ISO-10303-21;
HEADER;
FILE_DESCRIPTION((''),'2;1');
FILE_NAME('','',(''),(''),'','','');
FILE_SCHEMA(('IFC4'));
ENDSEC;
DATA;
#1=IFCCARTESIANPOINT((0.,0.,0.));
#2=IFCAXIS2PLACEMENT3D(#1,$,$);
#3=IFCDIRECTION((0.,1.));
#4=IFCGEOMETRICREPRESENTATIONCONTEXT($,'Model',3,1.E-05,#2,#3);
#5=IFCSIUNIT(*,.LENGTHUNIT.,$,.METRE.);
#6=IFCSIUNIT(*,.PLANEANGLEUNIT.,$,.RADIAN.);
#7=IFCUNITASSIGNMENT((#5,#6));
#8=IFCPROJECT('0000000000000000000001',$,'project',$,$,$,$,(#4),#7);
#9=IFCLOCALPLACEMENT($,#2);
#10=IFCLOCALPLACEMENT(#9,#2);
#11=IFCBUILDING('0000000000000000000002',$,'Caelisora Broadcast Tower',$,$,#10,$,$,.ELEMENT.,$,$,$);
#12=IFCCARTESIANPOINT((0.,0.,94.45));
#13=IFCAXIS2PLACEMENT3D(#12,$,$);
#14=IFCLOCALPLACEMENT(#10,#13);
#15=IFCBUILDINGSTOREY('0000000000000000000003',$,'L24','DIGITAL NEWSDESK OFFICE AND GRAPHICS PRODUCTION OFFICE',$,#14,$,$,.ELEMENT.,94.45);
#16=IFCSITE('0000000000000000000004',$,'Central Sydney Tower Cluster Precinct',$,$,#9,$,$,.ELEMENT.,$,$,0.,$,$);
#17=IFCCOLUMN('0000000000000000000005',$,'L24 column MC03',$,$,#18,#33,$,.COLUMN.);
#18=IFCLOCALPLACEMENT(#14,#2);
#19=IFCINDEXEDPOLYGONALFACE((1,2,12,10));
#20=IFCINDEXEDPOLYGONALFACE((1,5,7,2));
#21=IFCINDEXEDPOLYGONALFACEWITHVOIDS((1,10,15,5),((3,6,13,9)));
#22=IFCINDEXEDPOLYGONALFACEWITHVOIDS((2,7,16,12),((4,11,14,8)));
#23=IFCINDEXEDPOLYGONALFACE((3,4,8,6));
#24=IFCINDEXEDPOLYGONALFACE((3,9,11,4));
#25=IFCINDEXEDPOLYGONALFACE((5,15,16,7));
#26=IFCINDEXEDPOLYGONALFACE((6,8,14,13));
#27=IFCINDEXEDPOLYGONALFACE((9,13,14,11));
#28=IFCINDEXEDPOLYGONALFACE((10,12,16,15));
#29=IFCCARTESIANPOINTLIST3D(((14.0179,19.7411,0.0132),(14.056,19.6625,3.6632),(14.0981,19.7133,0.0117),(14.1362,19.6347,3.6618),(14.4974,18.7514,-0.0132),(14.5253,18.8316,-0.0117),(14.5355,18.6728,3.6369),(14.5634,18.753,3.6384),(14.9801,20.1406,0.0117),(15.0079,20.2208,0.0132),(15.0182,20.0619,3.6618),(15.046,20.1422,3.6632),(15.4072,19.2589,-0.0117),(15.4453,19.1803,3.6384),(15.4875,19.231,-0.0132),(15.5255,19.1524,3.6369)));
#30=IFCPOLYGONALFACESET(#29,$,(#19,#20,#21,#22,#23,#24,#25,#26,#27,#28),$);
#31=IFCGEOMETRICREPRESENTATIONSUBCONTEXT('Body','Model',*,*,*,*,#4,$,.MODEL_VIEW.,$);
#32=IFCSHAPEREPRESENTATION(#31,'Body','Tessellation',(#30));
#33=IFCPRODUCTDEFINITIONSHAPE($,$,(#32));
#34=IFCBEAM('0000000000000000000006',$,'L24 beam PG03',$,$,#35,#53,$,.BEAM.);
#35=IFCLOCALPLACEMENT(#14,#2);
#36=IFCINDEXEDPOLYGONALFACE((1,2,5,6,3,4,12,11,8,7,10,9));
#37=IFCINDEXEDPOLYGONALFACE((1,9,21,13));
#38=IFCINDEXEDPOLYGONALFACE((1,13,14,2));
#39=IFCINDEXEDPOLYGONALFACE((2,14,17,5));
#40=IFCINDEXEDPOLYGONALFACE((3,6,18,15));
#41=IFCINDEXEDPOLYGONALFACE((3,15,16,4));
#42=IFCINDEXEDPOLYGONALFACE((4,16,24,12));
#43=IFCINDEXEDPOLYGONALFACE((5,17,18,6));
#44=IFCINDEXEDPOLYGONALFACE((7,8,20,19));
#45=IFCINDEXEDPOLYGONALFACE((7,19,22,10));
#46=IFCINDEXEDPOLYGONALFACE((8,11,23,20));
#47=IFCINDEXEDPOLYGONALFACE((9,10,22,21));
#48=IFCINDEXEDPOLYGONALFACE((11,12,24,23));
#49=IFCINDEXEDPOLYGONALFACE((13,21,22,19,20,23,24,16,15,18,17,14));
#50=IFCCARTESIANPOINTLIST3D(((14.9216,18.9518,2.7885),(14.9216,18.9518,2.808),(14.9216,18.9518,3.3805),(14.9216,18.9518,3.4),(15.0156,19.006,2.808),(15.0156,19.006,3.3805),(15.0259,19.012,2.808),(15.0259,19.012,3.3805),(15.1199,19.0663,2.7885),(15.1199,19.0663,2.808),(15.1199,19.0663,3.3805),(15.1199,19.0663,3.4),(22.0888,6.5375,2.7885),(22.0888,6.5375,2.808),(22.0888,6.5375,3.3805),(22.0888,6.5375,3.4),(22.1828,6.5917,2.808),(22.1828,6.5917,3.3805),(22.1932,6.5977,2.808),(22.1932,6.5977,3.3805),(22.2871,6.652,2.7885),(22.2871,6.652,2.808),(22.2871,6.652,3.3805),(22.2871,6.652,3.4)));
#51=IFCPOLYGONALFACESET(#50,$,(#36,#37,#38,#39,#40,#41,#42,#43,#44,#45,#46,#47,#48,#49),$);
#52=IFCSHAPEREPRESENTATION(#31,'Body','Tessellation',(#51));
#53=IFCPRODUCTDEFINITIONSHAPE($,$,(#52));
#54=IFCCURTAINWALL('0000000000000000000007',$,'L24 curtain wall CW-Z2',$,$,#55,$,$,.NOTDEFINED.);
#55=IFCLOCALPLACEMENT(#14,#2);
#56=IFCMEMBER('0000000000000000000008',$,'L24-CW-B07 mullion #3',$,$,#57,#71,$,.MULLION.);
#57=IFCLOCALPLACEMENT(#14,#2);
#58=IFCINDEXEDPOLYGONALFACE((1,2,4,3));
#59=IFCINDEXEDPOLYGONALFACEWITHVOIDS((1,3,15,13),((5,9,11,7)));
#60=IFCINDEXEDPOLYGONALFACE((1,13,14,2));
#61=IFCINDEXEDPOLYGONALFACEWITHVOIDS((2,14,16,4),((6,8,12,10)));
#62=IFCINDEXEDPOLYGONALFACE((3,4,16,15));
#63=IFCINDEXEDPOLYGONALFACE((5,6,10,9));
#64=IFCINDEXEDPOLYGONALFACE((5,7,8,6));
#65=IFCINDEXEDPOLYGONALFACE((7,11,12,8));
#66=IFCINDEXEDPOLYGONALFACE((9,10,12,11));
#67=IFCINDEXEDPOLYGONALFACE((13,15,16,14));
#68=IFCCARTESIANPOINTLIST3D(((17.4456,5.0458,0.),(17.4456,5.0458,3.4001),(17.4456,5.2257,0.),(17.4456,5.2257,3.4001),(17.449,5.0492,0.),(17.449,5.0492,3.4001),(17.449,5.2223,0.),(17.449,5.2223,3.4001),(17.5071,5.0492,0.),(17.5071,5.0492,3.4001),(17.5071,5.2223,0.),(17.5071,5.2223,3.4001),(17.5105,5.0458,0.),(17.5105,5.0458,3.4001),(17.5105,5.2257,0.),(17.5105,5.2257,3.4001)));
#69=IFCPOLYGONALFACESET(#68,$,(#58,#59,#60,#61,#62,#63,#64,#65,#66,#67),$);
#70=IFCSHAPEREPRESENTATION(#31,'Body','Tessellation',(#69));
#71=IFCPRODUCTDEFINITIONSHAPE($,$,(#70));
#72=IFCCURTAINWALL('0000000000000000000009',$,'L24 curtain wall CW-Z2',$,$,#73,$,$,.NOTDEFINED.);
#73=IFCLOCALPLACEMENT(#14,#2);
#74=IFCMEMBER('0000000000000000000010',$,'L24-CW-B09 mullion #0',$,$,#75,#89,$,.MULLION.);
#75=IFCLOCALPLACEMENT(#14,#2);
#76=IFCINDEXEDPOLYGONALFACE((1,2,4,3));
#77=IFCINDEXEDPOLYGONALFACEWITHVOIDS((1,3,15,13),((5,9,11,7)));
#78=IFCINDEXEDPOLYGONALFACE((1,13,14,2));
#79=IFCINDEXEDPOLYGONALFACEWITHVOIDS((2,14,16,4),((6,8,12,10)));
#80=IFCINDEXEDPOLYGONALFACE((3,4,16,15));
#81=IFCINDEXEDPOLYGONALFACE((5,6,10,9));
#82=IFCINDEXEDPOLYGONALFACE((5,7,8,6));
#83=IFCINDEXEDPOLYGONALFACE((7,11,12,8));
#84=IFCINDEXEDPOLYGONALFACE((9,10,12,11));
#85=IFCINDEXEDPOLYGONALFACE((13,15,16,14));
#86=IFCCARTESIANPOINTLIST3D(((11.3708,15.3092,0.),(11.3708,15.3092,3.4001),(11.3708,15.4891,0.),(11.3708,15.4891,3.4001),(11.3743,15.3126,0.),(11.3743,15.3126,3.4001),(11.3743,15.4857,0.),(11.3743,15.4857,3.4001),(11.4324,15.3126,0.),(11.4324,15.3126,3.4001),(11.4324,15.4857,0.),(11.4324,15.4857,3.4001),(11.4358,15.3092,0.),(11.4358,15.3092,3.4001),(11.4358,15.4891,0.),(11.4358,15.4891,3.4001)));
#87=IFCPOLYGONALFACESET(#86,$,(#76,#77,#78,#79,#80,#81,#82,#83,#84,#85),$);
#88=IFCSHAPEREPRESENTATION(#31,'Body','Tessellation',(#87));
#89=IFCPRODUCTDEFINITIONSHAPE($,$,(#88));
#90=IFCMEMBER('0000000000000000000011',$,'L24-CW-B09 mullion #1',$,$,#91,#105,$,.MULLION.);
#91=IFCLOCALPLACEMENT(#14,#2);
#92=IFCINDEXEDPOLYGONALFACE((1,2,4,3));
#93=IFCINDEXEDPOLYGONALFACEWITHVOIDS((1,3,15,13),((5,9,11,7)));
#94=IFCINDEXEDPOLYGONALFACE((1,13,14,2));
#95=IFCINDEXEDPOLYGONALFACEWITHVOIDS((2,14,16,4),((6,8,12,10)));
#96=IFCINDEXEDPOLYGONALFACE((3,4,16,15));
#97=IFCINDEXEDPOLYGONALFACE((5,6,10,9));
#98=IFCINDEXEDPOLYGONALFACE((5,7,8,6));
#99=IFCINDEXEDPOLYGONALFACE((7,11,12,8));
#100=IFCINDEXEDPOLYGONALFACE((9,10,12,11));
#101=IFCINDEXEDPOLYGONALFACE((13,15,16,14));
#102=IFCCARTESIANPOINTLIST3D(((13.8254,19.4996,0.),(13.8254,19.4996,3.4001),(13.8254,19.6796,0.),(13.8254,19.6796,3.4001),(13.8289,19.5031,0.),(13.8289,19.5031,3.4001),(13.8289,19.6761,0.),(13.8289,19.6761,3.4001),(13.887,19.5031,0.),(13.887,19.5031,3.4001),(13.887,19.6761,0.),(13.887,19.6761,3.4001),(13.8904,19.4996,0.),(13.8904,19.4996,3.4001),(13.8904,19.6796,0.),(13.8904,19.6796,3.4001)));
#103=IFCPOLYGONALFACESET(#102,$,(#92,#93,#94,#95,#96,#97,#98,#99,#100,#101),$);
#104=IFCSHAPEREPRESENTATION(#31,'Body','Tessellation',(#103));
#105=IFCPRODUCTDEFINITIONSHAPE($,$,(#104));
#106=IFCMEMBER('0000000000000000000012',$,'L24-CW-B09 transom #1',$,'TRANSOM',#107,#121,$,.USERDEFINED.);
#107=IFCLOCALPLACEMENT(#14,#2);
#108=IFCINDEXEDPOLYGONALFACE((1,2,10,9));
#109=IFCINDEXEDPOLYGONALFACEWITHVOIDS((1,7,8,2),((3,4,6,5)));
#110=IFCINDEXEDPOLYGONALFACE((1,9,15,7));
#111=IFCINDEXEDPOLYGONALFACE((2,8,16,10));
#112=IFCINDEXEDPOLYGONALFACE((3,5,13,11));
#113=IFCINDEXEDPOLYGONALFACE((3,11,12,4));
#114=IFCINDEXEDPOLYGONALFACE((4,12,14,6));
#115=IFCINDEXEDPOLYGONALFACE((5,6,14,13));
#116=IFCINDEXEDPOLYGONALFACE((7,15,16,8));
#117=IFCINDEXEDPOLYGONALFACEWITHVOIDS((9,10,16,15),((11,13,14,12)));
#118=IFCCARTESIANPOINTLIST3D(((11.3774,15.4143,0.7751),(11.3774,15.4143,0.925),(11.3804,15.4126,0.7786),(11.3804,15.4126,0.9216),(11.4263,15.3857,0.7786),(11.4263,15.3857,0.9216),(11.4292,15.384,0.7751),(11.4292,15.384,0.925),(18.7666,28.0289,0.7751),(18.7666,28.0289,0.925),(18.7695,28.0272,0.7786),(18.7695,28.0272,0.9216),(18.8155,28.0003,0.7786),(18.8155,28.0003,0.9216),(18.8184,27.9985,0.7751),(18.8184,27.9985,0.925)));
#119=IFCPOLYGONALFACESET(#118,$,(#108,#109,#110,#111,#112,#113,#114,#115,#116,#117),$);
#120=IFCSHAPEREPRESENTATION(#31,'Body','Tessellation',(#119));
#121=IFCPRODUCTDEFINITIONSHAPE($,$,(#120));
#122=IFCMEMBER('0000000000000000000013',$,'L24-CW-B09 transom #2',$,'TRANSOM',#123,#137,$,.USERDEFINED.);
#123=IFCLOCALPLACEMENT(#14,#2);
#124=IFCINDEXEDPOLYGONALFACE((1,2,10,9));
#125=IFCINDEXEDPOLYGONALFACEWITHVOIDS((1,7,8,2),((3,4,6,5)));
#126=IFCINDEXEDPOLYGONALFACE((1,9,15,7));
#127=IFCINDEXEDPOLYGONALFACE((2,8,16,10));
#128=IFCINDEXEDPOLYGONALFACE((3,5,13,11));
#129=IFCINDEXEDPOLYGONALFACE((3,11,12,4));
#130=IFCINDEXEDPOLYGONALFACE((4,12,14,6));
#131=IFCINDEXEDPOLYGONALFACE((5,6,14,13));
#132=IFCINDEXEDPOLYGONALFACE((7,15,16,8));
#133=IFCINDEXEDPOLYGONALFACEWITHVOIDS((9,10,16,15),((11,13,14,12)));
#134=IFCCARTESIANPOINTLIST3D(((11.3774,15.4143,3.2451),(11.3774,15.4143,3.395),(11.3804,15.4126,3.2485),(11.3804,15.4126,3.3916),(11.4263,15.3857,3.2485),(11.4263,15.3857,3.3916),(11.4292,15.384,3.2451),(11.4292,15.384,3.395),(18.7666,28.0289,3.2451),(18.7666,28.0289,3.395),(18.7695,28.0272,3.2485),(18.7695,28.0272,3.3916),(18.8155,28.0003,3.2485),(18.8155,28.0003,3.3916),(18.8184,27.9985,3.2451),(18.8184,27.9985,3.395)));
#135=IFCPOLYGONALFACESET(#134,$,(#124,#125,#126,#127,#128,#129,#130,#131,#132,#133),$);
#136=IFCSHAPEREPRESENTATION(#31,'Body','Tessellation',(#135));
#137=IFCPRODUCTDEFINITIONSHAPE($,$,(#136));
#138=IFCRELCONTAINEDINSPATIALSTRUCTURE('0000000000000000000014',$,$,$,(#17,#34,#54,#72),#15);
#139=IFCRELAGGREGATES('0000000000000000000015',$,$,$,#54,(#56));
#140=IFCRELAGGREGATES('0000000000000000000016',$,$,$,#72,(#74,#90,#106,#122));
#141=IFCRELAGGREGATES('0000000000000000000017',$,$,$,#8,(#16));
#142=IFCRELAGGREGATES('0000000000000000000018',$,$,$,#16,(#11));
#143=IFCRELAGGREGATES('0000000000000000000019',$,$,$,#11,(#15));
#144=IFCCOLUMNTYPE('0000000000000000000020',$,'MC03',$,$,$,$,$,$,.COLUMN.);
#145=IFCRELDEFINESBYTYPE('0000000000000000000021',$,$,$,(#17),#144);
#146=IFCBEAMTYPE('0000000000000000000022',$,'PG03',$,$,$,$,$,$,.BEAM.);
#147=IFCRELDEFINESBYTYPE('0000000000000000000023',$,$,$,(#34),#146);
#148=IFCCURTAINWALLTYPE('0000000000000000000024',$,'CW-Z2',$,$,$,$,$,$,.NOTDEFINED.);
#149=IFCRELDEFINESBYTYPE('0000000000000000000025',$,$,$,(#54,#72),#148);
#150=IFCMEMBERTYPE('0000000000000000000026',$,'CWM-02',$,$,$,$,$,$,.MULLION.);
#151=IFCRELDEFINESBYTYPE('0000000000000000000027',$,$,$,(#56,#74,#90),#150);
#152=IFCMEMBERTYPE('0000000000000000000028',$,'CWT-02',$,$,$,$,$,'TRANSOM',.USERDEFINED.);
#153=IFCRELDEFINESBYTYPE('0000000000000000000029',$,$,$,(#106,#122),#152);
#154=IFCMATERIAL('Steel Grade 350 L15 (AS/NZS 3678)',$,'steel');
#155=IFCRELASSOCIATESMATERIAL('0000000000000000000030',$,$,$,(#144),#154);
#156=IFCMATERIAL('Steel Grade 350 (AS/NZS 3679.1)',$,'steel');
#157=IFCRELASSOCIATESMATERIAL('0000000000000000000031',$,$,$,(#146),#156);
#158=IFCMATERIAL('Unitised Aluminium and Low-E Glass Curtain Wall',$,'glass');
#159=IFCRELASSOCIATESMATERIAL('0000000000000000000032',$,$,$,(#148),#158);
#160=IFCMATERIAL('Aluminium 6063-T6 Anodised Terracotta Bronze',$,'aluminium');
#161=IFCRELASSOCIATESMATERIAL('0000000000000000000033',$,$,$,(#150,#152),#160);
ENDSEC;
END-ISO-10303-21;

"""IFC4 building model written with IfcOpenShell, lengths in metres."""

from ifc_helpers import new_model, si_unit, direction, frame, origin, origin_2d, place, context, subcontext, project, spatial, hollow_rectangle, i_section, extrude, source, transform, mapped, material, material_profile, profile_set, type_object, type_shapes, element, aggregate, save


model = new_model("IFC4")

# Units and contexts
model_context = context("Model", 3, precision=1e-05, world=origin(), true_north=direction((0.0, 1.0)))
body_context = subcontext(model_context, "Body", "Model", "MODEL_VIEW")
ifc_project = project(units=[si_unit("LENGTHUNIT", "METRE"), si_unit("PLANEANGLEUNIT", "RADIAN")], contexts=[model_context])

# Site, building, storey
site_placement = place(None, origin())
site = spatial("IfcSite", under=ifc_project, at=site_placement, Name="Central Sydney Tower Cluster Precinct", CompositionType="ELEMENT", RefElevation=0.0)
building_placement = place(site_placement, origin())
building = spatial("IfcBuilding", under=site, at=building_placement, Name="Caelisora Broadcast Tower", CompositionType="ELEMENT")
storey_placement = place(building_placement, frame((0.0, 0.0, 94.45)))
storey = spatial("IfcBuildingStorey", under=building, at=storey_placement, Name="L24", Description="DIGITAL NEWSDESK OFFICE AND GRAPHICS PRODUCTION OFFICE", CompositionType="ELEMENT", Elevation=94.45)

# Column
ifc_material_1 = material(Name="Steel Grade 350 L15 (AS/NZS 3678)", Category="steel")
ifc_material_profile_1 = material_profile(ifc_material_1, hollow_rectangle(XDim=1.1001, YDim=1.1001, WallThickness=0.0601, at=origin_2d()), Name="Steel Grade 350 L15 (AS/NZS 3678)")
ifc_profile_set_1 = profile_set([ifc_material_profile_1], Name="Steel Grade 350 L15 (AS/NZS 3678)")
column_type = type_object("IfcColumnType", Name="MC03", PredefinedType="COLUMN", material=ifc_profile_set_1)
shared_shape_1 = source(origin(), body_context, "Body", "SweptSolid", [
    extrude(hollow_rectangle(XDim=1.1001, YDim=1.1001, WallThickness=0.0601, at=origin_2d()), origin(), (0.0, 0.0, 1.0), 3.6511),
])
type_shapes(column_type, [shared_shape_1])
column_placement = place(storey_placement, frame((14.7527, 19.4861, 0.0), z_axis=(0.010431, -0.021531, 0.999714), x_axis=(0.899947, 0.435999, 0.0)))
element("IfcColumn", 1, at=column_placement, inside=storey, type_object=column_type, Name="L24 column MC03", PredefinedType="COLUMN", context=body_context, shape_type="MappedRepresentation", body=[
    mapped(shared_shape_1, transform((0.0, 0.0, 0.0), scale=1.0)),
])

# Beam
ifc_material_2 = material(Name="Steel Grade 350 (AS/NZS 3679.1)", Category="steel")
ifc_material_profile_2 = material_profile(ifc_material_2, i_section(OverallWidth=0.229, OverallDepth=0.6116, WebThickness=0.012, FlangeThickness=0.0195, at=origin_2d()), Name="Steel Grade 350 (AS/NZS 3679.1)")
ifc_profile_set_2 = profile_set([ifc_material_profile_2], Name="Steel Grade 350 (AS/NZS 3679.1)")
beam_type = type_object("IfcBeamType", Name="PG03", PredefinedType="BEAM", material=ifc_profile_set_2)
shared_shape_2 = source(origin(), body_context, "Body", "SweptSolid", [
    extrude(i_section(OverallWidth=0.229, OverallDepth=0.6116, WebThickness=0.012, FlangeThickness=0.0195, at=origin_2d()), origin(), (0.0, 0.0, 1.0), 14.3347),
])
type_shapes(beam_type, [shared_shape_2])
beam_placement = place(storey_placement, frame((15.0208, 19.009, 3.0942), z_axis=(0.499991, -0.86603, 0.0), x_axis=(0.86603, 0.499991, 0.0)))
element("IfcBeam", 2, at=beam_placement, inside=storey, type_object=beam_type, Name="L24 beam PG03", PredefinedType="BEAM", context=body_context, shape_type="MappedRepresentation", body=[
    mapped(shared_shape_2, transform((0.0, 0.0, 0.0), scale=1.0)),
])

# Curtain wall, member
ifc_material_3 = material(Name="Unitised Aluminium and Low-E Glass Curtain Wall", Category="glass")
curtain_wall_type = type_object("IfcCurtainWallType", Name="CW-Z2", PredefinedType="NOTDEFINED", material=ifc_material_3)
curtain_wall_1_placement = place(storey_placement, origin())
curtain_wall_1 = element("IfcCurtainWall", 3, at=curtain_wall_1_placement, inside=storey, type_object=curtain_wall_type, Name="L24 curtain wall CW-Z2", PredefinedType="NOTDEFINED")
ifc_material_4 = material(Name="Aluminium 6063-T6 Anodised Terracotta Bronze", Category="aluminium")
ifc_material_profile_3 = material_profile(ifc_material_4, hollow_rectangle(XDim=0.0649, YDim=0.1799, WallThickness=0.0034, at=origin_2d()), Name="Aluminium 6063-T6 Anodised Terracotta Bronze")
ifc_profile_set_3 = profile_set([ifc_material_profile_3], Name="Aluminium 6063-T6 Anodised Terracotta Bronze")
member_type_1 = type_object("IfcMemberType", Name="CWM-02", PredefinedType="MULLION", material=ifc_profile_set_3)
shared_shape_3 = source(origin(), body_context, "Body", "SweptSolid", [
    extrude(hollow_rectangle(XDim=0.0649, YDim=0.1799, WallThickness=0.0034, at=origin_2d()), origin(), (0.0, 0.0, 1.0), 3.4001),
])
type_shapes(member_type_1, [shared_shape_3])
member_1_placement = place(storey_placement, frame((17.478, 5.1357, 0.0), z_axis=(0.0, 0.0, 1.0), x_axis=(1.0, 0.0, 0.0)))
member_1 = element("IfcMember", 4, at=member_1_placement, type_object=member_type_1, Name="L24-CW-B07 mullion #3", PredefinedType="MULLION", context=body_context, shape_type="MappedRepresentation", body=[
    mapped(shared_shape_3, transform((0.0, 0.0, 0.0), scale=1.0)),
])
aggregate(curtain_wall_1, [member_1])

# Curtain wall, members
curtain_wall_2_placement = place(storey_placement, origin())
curtain_wall_2 = element("IfcCurtainWall", 5, at=curtain_wall_2_placement, inside=storey, type_object=curtain_wall_type, Name="L24 curtain wall CW-Z2", PredefinedType="NOTDEFINED")
member_2_placement = place(storey_placement, frame((11.4033, 15.3992, 0.0), z_axis=(0.0, 0.0, 1.0), x_axis=(1.0, 0.0, 0.0)))
member_2 = element("IfcMember", 6, at=member_2_placement, type_object=member_type_1, Name="L24-CW-B09 mullion #0", PredefinedType="MULLION", context=body_context, shape_type="MappedRepresentation", body=[
    mapped(shared_shape_3, transform((0.0, 0.0, 0.0), scale=1.0)),
])
member_3_placement = place(storey_placement, frame((13.8579, 19.5896, 0.0), z_axis=(0.0, 0.0, 1.0), x_axis=(1.0, 0.0, 0.0)))
member_3 = element("IfcMember", 7, at=member_3_placement, type_object=member_type_1, Name="L24-CW-B09 mullion #1", PredefinedType="MULLION", context=body_context, shape_type="MappedRepresentation", body=[
    mapped(shared_shape_3, transform((0.0, 0.0, 0.0), scale=1.0)),
])
ifc_material_profile_4 = material_profile(ifc_material_4, hollow_rectangle(XDim=0.0601, YDim=0.1499, WallThickness=0.0034, at=origin_2d()), Name="Aluminium 6063-T6 Anodised Terracotta Bronze")
ifc_profile_set_4 = profile_set([ifc_material_profile_4], Name="Aluminium 6063-T6 Anodised Terracotta Bronze")
member_type_2 = type_object("IfcMemberType", Name="CWT-02", ElementType="TRANSOM", PredefinedType="USERDEFINED", material=ifc_profile_set_4)
shared_shape_4 = source(origin(), body_context, "Body", "SweptSolid", [
    extrude(hollow_rectangle(XDim=0.0601, YDim=0.1499, WallThickness=0.0034, at=origin_2d()), origin(), (0.0, 0.0, 1.0), 14.6194),
])
type_shapes(member_type_2, [shared_shape_4])
member_4_placement = place(storey_placement, frame((11.4033, 15.3992, 0.8501), z_axis=(0.505437, 0.862863, 0.0), x_axis=(-0.862863, 0.505437, 0.0)))
member_4 = element("IfcMember", 8, at=member_4_placement, type_object=member_type_2, Name="L24-CW-B09 transom #1", ObjectType="TRANSOM", PredefinedType="USERDEFINED", context=body_context, shape_type="MappedRepresentation", body=[
    mapped(shared_shape_4, transform((0.0, 0.0, 0.0), scale=1.0)),
])
member_5_placement = place(storey_placement, frame((11.4033, 15.3992, 3.3201), z_axis=(0.505437, 0.862863, 0.0), x_axis=(-0.862863, 0.505437, 0.0)))
member_5 = element("IfcMember", 9, at=member_5_placement, type_object=member_type_2, Name="L24-CW-B09 transom #2", ObjectType="TRANSOM", PredefinedType="USERDEFINED", context=body_context, shape_type="MappedRepresentation", body=[
    mapped(shared_shape_4, transform((0.0, 0.0, 0.0), scale=1.0)),
])

aggregate(curtain_wall_2, [member_2, member_3, member_4, member_5])

save(model, "model.ifc")
